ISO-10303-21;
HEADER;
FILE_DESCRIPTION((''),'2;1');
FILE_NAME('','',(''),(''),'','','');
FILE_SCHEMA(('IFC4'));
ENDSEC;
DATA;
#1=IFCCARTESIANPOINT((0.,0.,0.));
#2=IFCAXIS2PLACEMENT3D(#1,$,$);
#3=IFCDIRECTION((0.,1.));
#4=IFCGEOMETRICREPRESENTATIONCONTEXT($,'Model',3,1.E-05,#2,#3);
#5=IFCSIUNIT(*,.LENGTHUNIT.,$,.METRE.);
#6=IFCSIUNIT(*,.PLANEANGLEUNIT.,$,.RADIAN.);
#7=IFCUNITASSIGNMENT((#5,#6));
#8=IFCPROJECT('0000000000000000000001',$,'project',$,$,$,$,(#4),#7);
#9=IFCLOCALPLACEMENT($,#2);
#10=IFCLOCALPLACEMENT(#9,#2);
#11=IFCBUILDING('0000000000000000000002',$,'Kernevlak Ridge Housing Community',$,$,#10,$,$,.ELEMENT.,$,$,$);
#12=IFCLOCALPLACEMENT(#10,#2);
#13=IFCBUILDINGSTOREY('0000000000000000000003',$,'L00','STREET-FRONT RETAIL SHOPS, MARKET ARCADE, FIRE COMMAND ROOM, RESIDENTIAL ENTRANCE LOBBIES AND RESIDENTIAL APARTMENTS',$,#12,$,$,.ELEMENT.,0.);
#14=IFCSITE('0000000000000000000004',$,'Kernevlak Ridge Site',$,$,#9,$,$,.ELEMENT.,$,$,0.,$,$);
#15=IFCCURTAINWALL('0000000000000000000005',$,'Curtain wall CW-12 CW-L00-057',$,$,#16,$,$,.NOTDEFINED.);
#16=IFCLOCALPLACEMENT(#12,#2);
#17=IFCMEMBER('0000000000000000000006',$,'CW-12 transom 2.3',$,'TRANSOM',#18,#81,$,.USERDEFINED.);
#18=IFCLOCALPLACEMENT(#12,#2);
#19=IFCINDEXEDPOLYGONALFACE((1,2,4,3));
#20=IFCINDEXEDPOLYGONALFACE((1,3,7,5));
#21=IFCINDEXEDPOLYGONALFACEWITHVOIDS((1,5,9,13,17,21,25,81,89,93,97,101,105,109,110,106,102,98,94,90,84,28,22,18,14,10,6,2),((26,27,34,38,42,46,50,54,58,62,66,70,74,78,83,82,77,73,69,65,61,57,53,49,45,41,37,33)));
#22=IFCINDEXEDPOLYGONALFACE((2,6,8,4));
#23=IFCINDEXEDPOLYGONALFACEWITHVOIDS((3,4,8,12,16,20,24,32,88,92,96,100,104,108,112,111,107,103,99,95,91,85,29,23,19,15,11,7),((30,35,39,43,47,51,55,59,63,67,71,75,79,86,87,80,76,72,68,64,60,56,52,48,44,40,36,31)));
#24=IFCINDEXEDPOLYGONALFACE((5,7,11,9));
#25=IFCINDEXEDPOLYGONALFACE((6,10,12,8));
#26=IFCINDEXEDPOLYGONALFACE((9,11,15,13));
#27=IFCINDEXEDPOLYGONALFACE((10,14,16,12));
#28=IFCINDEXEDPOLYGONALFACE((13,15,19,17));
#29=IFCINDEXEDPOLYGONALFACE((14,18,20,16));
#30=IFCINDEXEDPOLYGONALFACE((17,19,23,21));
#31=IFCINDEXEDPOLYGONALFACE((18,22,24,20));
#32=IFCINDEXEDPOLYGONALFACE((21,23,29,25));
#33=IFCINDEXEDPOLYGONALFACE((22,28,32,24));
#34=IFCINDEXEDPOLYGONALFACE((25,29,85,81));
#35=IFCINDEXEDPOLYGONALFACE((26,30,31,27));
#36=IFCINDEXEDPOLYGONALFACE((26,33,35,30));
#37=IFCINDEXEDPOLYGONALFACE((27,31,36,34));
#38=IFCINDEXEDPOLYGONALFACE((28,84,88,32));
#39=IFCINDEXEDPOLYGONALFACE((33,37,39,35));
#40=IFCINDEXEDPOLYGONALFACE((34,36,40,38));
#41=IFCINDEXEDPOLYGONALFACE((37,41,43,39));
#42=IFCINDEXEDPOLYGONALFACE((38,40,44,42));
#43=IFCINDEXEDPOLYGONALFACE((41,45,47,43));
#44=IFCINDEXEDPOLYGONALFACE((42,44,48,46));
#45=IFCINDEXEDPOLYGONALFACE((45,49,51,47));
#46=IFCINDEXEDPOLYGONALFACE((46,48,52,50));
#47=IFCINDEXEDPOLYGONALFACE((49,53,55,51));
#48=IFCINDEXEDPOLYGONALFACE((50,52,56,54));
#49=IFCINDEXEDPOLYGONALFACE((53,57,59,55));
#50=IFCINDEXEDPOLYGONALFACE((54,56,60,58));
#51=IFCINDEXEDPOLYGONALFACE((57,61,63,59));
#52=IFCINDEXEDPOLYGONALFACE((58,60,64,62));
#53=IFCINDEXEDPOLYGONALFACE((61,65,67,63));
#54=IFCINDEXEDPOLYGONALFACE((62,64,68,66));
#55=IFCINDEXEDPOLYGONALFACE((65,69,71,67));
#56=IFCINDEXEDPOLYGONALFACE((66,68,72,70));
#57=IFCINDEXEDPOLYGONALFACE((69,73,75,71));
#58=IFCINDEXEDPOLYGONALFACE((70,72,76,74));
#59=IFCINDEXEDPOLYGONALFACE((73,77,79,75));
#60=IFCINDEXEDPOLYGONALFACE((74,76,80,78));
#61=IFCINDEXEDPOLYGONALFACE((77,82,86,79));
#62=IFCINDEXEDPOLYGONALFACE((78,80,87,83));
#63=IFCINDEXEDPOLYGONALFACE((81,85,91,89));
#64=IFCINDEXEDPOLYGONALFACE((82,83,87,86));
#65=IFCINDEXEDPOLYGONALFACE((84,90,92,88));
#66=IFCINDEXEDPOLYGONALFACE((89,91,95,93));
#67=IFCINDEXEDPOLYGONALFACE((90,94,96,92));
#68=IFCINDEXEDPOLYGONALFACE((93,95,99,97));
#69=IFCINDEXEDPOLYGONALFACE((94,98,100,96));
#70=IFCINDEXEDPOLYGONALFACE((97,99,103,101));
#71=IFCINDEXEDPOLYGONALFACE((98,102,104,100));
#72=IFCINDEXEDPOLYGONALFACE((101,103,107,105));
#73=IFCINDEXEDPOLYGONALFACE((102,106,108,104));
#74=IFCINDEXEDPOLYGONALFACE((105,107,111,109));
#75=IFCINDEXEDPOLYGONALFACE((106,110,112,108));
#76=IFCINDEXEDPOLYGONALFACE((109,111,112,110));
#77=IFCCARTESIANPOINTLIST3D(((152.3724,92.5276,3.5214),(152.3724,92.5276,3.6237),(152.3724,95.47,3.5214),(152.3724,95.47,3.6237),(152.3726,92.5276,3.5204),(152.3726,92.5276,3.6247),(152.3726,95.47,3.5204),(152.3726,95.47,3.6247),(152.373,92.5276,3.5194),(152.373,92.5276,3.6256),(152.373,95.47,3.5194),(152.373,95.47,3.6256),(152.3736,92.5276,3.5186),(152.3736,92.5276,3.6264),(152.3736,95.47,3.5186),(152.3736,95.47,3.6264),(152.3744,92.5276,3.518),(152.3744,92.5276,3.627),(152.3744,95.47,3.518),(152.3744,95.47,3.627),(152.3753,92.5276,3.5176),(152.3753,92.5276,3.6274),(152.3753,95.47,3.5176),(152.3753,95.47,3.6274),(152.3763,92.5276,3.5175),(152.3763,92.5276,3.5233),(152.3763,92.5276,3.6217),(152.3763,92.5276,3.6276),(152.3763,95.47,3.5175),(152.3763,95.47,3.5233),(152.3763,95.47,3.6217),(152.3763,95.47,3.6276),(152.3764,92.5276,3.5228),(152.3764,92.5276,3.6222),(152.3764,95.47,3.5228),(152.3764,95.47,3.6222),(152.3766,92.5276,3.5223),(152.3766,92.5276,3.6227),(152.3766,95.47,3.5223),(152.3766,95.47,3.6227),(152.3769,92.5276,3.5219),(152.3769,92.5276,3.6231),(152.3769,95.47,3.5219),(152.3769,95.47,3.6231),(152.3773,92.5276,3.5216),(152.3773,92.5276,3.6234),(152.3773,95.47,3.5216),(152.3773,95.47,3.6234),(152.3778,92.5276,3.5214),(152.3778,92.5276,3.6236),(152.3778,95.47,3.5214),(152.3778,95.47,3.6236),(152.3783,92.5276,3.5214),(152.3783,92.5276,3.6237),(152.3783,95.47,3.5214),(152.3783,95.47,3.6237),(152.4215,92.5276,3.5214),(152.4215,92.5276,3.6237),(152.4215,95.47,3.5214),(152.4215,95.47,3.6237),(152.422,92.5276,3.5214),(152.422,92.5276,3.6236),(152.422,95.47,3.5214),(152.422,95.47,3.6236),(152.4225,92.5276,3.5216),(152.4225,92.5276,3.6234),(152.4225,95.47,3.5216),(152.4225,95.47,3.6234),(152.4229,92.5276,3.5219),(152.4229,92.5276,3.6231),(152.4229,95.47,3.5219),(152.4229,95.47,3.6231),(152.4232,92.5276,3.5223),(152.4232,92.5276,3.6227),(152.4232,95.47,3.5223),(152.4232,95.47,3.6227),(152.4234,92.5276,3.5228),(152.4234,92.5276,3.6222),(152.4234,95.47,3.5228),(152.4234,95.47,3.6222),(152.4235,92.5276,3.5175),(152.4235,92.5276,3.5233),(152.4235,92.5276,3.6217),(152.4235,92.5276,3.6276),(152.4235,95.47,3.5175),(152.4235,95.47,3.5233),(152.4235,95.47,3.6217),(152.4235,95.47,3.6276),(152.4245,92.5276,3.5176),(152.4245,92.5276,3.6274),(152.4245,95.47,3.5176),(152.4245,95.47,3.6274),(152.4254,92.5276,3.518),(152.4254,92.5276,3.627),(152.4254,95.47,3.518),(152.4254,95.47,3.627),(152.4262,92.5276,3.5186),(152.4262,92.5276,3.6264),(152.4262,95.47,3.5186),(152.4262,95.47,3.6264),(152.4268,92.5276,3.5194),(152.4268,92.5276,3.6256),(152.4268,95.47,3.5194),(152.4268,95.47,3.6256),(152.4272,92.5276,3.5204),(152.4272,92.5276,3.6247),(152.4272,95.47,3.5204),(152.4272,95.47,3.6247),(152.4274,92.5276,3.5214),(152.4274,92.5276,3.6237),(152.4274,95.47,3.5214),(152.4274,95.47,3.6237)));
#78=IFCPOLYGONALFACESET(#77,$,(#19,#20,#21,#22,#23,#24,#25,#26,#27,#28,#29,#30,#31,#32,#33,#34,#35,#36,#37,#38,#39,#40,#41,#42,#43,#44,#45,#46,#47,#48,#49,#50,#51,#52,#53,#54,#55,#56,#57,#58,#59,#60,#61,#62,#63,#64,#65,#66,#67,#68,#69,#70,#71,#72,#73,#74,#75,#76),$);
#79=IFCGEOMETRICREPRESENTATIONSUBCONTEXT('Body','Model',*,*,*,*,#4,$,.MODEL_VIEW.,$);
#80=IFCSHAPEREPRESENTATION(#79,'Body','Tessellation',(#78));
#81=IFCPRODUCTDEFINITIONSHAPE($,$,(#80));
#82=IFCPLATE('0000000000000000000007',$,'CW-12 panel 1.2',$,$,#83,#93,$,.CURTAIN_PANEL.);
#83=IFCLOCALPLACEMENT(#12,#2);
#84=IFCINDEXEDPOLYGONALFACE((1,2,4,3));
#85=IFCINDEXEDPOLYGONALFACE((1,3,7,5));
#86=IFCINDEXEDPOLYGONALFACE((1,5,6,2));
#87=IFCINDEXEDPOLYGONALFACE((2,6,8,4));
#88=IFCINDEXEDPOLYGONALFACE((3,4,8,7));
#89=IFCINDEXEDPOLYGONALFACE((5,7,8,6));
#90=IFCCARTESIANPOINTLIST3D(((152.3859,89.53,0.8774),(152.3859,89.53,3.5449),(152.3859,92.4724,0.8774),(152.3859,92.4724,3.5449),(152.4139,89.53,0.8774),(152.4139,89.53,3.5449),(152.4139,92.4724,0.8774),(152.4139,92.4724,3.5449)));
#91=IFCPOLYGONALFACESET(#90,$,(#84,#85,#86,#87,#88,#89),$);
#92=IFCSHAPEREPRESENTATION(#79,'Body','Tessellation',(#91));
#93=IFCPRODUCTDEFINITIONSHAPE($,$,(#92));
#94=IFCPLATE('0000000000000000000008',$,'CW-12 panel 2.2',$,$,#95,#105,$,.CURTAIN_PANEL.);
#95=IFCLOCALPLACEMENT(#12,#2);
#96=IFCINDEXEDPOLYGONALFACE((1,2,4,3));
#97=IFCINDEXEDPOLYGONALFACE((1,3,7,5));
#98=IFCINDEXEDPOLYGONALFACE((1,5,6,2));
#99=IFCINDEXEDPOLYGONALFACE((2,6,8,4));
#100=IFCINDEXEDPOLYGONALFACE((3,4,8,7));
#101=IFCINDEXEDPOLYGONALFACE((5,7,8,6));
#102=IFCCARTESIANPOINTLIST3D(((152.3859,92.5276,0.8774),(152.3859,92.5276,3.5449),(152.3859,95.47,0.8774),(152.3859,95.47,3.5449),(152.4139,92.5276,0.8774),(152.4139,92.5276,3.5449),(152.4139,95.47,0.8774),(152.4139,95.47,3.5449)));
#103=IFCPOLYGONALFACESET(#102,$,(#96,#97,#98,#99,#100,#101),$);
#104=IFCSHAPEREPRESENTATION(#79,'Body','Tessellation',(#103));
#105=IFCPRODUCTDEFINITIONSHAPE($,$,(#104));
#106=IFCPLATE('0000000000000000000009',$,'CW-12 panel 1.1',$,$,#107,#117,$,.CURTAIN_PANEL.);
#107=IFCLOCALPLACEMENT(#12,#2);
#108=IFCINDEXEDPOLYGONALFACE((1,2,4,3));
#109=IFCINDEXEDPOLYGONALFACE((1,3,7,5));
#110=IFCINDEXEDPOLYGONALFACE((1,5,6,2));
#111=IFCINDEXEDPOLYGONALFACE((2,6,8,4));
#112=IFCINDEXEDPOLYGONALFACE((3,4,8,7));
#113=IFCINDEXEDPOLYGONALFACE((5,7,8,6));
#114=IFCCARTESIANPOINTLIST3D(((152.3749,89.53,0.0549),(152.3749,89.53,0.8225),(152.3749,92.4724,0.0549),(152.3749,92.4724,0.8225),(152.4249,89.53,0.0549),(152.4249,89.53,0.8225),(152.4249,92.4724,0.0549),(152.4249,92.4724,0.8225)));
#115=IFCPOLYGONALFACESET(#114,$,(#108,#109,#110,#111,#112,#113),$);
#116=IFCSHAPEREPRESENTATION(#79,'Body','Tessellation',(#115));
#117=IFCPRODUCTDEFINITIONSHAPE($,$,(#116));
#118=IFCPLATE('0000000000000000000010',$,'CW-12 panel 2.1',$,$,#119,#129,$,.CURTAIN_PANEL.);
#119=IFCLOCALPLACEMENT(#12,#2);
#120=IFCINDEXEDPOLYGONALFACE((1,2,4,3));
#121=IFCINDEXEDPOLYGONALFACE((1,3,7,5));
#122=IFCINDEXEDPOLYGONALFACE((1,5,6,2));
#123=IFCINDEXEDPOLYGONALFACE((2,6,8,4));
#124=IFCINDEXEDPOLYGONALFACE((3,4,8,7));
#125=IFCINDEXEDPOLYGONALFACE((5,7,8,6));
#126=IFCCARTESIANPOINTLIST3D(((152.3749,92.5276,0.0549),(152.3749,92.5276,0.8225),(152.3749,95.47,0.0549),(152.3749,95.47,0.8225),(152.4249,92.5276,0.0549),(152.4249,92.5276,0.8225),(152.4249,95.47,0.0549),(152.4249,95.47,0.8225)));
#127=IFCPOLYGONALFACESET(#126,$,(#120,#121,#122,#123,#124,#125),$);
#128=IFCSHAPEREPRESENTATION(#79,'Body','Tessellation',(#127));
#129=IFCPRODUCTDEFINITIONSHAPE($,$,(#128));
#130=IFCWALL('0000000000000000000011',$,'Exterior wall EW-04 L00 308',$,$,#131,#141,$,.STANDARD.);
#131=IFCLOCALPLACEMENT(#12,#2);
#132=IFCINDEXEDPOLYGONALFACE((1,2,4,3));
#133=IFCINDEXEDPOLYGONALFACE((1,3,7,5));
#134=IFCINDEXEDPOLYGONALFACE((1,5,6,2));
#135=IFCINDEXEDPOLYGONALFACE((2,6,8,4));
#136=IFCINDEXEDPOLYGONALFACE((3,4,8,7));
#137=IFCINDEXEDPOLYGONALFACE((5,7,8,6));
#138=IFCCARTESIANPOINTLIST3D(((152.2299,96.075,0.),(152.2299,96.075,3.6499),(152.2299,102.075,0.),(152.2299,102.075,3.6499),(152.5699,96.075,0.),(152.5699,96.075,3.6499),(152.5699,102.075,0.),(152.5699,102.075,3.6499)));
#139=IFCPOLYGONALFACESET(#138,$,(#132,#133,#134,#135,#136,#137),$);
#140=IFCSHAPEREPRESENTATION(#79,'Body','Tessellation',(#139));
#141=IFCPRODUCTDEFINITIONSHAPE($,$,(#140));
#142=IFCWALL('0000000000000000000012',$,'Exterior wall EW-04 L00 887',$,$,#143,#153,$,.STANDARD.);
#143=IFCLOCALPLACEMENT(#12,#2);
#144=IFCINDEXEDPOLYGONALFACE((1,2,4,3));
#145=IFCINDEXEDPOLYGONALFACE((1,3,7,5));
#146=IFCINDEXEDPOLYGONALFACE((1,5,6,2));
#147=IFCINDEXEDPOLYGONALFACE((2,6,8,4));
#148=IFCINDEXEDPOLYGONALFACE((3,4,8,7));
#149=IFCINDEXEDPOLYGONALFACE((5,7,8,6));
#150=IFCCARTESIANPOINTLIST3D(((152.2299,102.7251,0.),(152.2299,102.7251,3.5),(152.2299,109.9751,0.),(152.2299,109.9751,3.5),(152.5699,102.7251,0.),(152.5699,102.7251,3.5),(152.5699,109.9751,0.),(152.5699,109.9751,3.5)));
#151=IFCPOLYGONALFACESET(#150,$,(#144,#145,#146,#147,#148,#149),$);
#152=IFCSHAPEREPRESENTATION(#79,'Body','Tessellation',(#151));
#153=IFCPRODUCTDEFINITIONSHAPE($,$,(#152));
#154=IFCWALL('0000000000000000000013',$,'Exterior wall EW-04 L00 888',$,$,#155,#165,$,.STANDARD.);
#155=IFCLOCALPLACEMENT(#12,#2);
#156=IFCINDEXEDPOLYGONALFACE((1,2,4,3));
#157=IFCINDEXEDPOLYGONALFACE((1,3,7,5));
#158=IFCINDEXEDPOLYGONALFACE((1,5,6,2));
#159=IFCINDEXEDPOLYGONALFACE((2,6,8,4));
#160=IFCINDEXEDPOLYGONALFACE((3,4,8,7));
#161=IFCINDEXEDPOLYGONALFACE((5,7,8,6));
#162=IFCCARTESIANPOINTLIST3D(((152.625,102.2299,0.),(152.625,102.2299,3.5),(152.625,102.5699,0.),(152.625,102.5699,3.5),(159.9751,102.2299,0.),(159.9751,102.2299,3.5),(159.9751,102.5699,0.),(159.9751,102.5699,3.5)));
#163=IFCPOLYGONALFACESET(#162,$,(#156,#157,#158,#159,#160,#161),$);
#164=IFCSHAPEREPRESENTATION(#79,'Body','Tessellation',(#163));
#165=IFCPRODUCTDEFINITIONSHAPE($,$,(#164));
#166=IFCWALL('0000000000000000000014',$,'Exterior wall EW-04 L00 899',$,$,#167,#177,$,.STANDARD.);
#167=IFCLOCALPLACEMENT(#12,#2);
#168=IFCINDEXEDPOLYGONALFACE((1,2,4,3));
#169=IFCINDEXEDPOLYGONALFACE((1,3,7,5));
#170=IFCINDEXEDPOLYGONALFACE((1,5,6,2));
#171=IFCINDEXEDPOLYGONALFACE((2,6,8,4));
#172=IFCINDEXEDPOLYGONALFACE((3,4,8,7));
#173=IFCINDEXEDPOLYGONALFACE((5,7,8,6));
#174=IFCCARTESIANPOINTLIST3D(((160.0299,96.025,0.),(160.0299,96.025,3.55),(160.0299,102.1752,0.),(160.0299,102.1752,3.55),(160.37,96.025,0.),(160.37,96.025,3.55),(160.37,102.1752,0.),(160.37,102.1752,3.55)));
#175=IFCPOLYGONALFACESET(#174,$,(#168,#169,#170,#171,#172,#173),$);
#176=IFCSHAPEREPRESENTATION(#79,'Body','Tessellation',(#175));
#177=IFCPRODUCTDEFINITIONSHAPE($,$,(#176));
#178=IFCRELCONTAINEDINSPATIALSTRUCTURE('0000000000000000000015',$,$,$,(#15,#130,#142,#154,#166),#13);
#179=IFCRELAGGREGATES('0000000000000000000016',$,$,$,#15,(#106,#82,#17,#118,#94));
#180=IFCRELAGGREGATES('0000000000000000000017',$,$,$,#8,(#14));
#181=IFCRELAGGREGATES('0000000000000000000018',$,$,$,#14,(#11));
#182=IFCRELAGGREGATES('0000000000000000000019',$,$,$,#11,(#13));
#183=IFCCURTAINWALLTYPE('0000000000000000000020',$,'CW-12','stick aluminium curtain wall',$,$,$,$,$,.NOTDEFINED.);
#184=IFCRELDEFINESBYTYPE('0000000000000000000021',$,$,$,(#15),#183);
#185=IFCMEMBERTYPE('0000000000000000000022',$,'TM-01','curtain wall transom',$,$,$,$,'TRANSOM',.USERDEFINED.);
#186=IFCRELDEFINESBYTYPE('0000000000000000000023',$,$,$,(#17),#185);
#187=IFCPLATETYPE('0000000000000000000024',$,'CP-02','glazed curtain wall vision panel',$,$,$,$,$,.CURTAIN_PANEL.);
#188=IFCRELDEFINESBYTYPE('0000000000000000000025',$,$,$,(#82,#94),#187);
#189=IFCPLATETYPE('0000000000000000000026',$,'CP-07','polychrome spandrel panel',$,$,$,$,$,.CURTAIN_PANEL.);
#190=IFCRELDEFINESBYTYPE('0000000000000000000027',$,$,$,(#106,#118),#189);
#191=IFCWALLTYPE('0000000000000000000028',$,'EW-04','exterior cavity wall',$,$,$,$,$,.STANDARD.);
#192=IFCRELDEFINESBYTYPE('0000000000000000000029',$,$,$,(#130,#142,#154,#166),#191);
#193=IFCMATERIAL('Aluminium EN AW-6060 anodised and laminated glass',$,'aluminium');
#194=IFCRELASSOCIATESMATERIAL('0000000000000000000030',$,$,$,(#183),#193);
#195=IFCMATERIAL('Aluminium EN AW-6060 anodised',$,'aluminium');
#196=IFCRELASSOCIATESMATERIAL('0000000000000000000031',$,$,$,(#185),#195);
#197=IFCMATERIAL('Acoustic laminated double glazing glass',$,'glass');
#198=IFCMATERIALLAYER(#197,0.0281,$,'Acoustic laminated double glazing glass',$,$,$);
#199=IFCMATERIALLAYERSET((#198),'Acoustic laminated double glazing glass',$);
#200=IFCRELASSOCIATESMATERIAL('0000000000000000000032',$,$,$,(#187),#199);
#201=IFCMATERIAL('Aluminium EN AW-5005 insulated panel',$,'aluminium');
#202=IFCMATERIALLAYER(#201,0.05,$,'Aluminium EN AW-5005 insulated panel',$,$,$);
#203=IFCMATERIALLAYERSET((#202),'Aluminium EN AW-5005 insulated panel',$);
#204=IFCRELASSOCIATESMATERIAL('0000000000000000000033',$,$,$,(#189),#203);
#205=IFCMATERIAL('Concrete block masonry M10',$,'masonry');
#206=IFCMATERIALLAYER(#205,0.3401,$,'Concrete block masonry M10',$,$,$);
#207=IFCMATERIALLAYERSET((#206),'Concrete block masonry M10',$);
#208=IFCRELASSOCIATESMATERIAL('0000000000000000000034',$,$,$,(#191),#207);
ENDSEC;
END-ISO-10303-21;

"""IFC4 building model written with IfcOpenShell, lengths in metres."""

from ifc_helpers import new_model, si_unit, direction, frame, frame_2d, origin, origin_2d, place, context, subcontext, project, spatial, rectangle, hollow_rectangle, extrude, material, layer, layer_set, material_profile, profile_set, type_object, element, aggregate, save


model = new_model("IFC4")

# Units and contexts
model_context = context("Model", 3, precision=1e-05, world=origin(), true_north=direction((0.0, 1.0)))
body_context = subcontext(model_context, "Body", "Model", "MODEL_VIEW")
ifc_project = project(units=[si_unit("LENGTHUNIT", "METRE"), si_unit("PLANEANGLEUNIT", "RADIAN")], contexts=[model_context])

# Site, building, storey
site_placement = place(None, origin())
site = spatial("IfcSite", under=ifc_project, at=site_placement, Name="Kernevlak Ridge Site", CompositionType="ELEMENT", RefElevation=0.0)
building_placement = place(site_placement, origin())
building = spatial("IfcBuilding", under=site, at=building_placement, Name="Kernevlak Ridge Housing Community", CompositionType="ELEMENT")
storey_placement = place(building_placement, origin())
storey = spatial("IfcBuildingStorey", under=building, at=storey_placement, Name="L00", Description="STREET-FRONT RETAIL SHOPS, MARKET ARCADE, FIRE COMMAND ROOM, RESIDENTIAL ENTRANCE LOBBIES AND RESIDENTIAL APARTMENTS", CompositionType="ELEMENT", Elevation=0.0)

# Curtain wall
ifc_material_1 = material(Name="Aluminium EN AW-6060 anodised and laminated glass", Category="aluminium")
curtain_wall_type = type_object("IfcCurtainWallType", Name="CW-12", Description="stick aluminium curtain wall", PredefinedType="NOTDEFINED", material=ifc_material_1)
curtain_wall_placement = place(storey_placement, origin())
curtain_wall = element("IfcCurtainWall", 1, at=curtain_wall_placement, inside=storey, type_object=curtain_wall_type, Name="Curtain wall CW-12 CW-L00-057", PredefinedType="NOTDEFINED")
ifc_material_2 = material(Name="Aluminium EN AW-6060 anodised", Category="aluminium")

# Member
ifc_material_profile_1 = material_profile(ifc_material_2, hollow_rectangle(XDim=0.0549, YDim=0.1101, WallThickness=0.0039, InnerFilletRadius=0.002, OuterFilletRadius=0.0039, at=origin_2d()), Name="ALU 55x110x4")
ifc_profile_set_1 = profile_set([ifc_material_profile_1], Name="Aluminium EN AW-6060 anodised")
member_type_1 = type_object("IfcMemberType", Name="TM-01", Description="curtain wall transom", ElementType="TRANSOM", PredefinedType="USERDEFINED", material=ifc_profile_set_1)
member_1_placement = place(storey_placement, frame((152.3999, 92.5276, 3.5725), z_axis=(0.0, 1.0, 0.0), x_axis=(-1.0, 0.0, 0.0)))
member_1 = element("IfcMember", 2, at=member_1_placement, type_object=member_type_1, Name="CW-12 transom 2.3", ObjectType="TRANSOM", PredefinedType="USERDEFINED", context=body_context, shape_type="SweptSolid", body=[
    extrude(hollow_rectangle(XDim=0.0549, YDim=0.1101, WallThickness=0.0039, InnerFilletRadius=0.002, OuterFilletRadius=0.0039, at=origin_2d()), origin(), (0.0, 0.0, 1.0), 2.9424),
])

# Plates
ifc_material_3 = material(Name="Acoustic laminated double glazing glass", Category="glass")
ifc_layer_1 = layer(ifc_material_3, 0.0281, Name="Acoustic laminated double glazing glass")
ifc_layer_set_1 = layer_set([ifc_layer_1], Name="Acoustic laminated double glazing glass")
plate_type_1 = type_object("IfcPlateType", Name="CP-02", Description="glazed curtain wall vision panel", PredefinedType="CURTAIN_PANEL", material=ifc_layer_set_1)
plate_1_placement = place(storey_placement, frame((152.3999, 91.0012, 0.8774), z_axis=(0.0, 0.0, 1.0), x_axis=(0.0, 1.0, 0.0)))
plate_1 = element("IfcPlate", 3, at=plate_1_placement, type_object=plate_type_1, Name="CW-12 panel 1.2", PredefinedType="CURTAIN_PANEL", context=body_context, shape_type="SweptSolid", body=[
    extrude(rectangle(XDim=2.9424, YDim=0.0281, at=origin_2d()), origin(), (0.0, 0.0, 1.0), 2.6675),
])
plate_2_placement = place(storey_placement, frame((152.3999, 93.9988, 0.8774), z_axis=(0.0, 0.0, 1.0), x_axis=(0.0, 1.0, 0.0)))
plate_2 = element("IfcPlate", 4, at=plate_2_placement, type_object=plate_type_1, Name="CW-12 panel 2.2", PredefinedType="CURTAIN_PANEL", context=body_context, shape_type="SweptSolid", body=[
    extrude(rectangle(XDim=2.9424, YDim=0.0281, at=origin_2d()), origin(), (0.0, 0.0, 1.0), 2.6675),
])
ifc_material_4 = material(Name="Aluminium EN AW-5005 insulated panel", Category="aluminium")
ifc_layer_2 = layer(ifc_material_4, 0.05, Name="Aluminium EN AW-5005 insulated panel")
ifc_layer_set_2 = layer_set([ifc_layer_2], Name="Aluminium EN AW-5005 insulated panel")
plate_type_2 = type_object("IfcPlateType", Name="CP-07", Description="polychrome spandrel panel", PredefinedType="CURTAIN_PANEL", material=ifc_layer_set_2)
plate_3_placement = place(storey_placement, frame((152.3999, 91.0012, 0.0549), z_axis=(0.0, 0.0, 1.0), x_axis=(0.0, 1.0, 0.0)))
plate_3 = element("IfcPlate", 5, at=plate_3_placement, type_object=plate_type_2, Name="CW-12 panel 1.1", PredefinedType="CURTAIN_PANEL", context=body_context, shape_type="SweptSolid", body=[
    extrude(rectangle(XDim=2.9424, YDim=0.05, at=origin_2d()), origin(), (0.0, 0.0, 1.0), 0.7676),
])
plate_4_placement = place(storey_placement, frame((152.3999, 93.9988, 0.0549), z_axis=(0.0, 0.0, 1.0), x_axis=(0.0, 1.0, 0.0)))
plate_4 = element("IfcPlate", 6, at=plate_4_placement, type_object=plate_type_2, Name="CW-12 panel 2.1", PredefinedType="CURTAIN_PANEL", context=body_context, shape_type="SweptSolid", body=[
    extrude(rectangle(XDim=2.9424, YDim=0.05, at=origin_2d()), origin(), (0.0, 0.0, 1.0), 0.7676),
])
aggregate(curtain_wall, [plate_3, plate_1, member_1, plate_4, plate_2])

# Walls
ifc_material_5 = material(Name="Concrete block masonry M10", Category="masonry")
ifc_layer_3 = layer(ifc_material_5, 0.3401, Name="Concrete block masonry M10")
ifc_layer_set_3 = layer_set([ifc_layer_3], Name="Concrete block masonry M10")
wall_type = type_object("IfcWallType", Name="EW-04", Description="exterior cavity wall", PredefinedType="STANDARD", material=ifc_layer_set_3)
wall_1_placement = place(storey_placement, frame((152.3999, 96.075, 0.0), z_axis=(0.0, 0.0, 1.0), x_axis=(0.0, 1.0, 0.0)))
element("IfcWall", 7, at=wall_1_placement, inside=storey, type_object=wall_type, Name="Exterior wall EW-04 L00 308", PredefinedType="STANDARD", context=body_context, shape_type="SweptSolid", body=[
    extrude(rectangle(XDim=6.0, YDim=0.3401, at=frame_2d((3.0, 0.0))), origin(), (0.0, 0.0, 1.0), 3.6499),
])
wall_2_placement = place(storey_placement, frame((152.3999, 102.7251, 0.0), z_axis=(0.0, 0.0, 1.0), x_axis=(0.0, 1.0, 0.0)))
element("IfcWall", 8, at=wall_2_placement, inside=storey, type_object=wall_type, Name="Exterior wall EW-04 L00 887", PredefinedType="STANDARD", context=body_context, shape_type="SweptSolid", body=[
    extrude(rectangle(XDim=7.25, YDim=0.3401, at=frame_2d((3.625, 0.0))), origin(), (0.0, 0.0, 1.0), 3.5),
])
wall_3_placement = place(storey_placement, frame((152.625, 102.3999, 0.0), z_axis=(0.0, 0.0, 1.0), x_axis=(1.0, 0.0, 0.0)))
element("IfcWall", 9, at=wall_3_placement, inside=storey, type_object=wall_type, Name="Exterior wall EW-04 L00 888", PredefinedType="STANDARD", context=body_context, shape_type="SweptSolid", body=[
    extrude(rectangle(XDim=7.3501, YDim=0.3401, at=frame_2d((3.675, 0.0))), origin(), (0.0, 0.0, 1.0), 3.5),
])
wall_4_placement = place(storey_placement, frame((160.2, 96.0249, 0.0), z_axis=(0.0, 0.0, 1.0), x_axis=(0.0, 1.0, 0.0)))
element("IfcWall", 10, at=wall_4_placement, inside=storey, type_object=wall_type, Name="Exterior wall EW-04 L00 899", PredefinedType="STANDARD", context=body_context, shape_type="SweptSolid", body=[
    extrude(rectangle(XDim=6.1501, YDim=0.3401, at=frame_2d((3.0752, 0.0))), origin(), (0.0, 0.0, 1.0), 3.55),
])

save(model, "model.ifc")
